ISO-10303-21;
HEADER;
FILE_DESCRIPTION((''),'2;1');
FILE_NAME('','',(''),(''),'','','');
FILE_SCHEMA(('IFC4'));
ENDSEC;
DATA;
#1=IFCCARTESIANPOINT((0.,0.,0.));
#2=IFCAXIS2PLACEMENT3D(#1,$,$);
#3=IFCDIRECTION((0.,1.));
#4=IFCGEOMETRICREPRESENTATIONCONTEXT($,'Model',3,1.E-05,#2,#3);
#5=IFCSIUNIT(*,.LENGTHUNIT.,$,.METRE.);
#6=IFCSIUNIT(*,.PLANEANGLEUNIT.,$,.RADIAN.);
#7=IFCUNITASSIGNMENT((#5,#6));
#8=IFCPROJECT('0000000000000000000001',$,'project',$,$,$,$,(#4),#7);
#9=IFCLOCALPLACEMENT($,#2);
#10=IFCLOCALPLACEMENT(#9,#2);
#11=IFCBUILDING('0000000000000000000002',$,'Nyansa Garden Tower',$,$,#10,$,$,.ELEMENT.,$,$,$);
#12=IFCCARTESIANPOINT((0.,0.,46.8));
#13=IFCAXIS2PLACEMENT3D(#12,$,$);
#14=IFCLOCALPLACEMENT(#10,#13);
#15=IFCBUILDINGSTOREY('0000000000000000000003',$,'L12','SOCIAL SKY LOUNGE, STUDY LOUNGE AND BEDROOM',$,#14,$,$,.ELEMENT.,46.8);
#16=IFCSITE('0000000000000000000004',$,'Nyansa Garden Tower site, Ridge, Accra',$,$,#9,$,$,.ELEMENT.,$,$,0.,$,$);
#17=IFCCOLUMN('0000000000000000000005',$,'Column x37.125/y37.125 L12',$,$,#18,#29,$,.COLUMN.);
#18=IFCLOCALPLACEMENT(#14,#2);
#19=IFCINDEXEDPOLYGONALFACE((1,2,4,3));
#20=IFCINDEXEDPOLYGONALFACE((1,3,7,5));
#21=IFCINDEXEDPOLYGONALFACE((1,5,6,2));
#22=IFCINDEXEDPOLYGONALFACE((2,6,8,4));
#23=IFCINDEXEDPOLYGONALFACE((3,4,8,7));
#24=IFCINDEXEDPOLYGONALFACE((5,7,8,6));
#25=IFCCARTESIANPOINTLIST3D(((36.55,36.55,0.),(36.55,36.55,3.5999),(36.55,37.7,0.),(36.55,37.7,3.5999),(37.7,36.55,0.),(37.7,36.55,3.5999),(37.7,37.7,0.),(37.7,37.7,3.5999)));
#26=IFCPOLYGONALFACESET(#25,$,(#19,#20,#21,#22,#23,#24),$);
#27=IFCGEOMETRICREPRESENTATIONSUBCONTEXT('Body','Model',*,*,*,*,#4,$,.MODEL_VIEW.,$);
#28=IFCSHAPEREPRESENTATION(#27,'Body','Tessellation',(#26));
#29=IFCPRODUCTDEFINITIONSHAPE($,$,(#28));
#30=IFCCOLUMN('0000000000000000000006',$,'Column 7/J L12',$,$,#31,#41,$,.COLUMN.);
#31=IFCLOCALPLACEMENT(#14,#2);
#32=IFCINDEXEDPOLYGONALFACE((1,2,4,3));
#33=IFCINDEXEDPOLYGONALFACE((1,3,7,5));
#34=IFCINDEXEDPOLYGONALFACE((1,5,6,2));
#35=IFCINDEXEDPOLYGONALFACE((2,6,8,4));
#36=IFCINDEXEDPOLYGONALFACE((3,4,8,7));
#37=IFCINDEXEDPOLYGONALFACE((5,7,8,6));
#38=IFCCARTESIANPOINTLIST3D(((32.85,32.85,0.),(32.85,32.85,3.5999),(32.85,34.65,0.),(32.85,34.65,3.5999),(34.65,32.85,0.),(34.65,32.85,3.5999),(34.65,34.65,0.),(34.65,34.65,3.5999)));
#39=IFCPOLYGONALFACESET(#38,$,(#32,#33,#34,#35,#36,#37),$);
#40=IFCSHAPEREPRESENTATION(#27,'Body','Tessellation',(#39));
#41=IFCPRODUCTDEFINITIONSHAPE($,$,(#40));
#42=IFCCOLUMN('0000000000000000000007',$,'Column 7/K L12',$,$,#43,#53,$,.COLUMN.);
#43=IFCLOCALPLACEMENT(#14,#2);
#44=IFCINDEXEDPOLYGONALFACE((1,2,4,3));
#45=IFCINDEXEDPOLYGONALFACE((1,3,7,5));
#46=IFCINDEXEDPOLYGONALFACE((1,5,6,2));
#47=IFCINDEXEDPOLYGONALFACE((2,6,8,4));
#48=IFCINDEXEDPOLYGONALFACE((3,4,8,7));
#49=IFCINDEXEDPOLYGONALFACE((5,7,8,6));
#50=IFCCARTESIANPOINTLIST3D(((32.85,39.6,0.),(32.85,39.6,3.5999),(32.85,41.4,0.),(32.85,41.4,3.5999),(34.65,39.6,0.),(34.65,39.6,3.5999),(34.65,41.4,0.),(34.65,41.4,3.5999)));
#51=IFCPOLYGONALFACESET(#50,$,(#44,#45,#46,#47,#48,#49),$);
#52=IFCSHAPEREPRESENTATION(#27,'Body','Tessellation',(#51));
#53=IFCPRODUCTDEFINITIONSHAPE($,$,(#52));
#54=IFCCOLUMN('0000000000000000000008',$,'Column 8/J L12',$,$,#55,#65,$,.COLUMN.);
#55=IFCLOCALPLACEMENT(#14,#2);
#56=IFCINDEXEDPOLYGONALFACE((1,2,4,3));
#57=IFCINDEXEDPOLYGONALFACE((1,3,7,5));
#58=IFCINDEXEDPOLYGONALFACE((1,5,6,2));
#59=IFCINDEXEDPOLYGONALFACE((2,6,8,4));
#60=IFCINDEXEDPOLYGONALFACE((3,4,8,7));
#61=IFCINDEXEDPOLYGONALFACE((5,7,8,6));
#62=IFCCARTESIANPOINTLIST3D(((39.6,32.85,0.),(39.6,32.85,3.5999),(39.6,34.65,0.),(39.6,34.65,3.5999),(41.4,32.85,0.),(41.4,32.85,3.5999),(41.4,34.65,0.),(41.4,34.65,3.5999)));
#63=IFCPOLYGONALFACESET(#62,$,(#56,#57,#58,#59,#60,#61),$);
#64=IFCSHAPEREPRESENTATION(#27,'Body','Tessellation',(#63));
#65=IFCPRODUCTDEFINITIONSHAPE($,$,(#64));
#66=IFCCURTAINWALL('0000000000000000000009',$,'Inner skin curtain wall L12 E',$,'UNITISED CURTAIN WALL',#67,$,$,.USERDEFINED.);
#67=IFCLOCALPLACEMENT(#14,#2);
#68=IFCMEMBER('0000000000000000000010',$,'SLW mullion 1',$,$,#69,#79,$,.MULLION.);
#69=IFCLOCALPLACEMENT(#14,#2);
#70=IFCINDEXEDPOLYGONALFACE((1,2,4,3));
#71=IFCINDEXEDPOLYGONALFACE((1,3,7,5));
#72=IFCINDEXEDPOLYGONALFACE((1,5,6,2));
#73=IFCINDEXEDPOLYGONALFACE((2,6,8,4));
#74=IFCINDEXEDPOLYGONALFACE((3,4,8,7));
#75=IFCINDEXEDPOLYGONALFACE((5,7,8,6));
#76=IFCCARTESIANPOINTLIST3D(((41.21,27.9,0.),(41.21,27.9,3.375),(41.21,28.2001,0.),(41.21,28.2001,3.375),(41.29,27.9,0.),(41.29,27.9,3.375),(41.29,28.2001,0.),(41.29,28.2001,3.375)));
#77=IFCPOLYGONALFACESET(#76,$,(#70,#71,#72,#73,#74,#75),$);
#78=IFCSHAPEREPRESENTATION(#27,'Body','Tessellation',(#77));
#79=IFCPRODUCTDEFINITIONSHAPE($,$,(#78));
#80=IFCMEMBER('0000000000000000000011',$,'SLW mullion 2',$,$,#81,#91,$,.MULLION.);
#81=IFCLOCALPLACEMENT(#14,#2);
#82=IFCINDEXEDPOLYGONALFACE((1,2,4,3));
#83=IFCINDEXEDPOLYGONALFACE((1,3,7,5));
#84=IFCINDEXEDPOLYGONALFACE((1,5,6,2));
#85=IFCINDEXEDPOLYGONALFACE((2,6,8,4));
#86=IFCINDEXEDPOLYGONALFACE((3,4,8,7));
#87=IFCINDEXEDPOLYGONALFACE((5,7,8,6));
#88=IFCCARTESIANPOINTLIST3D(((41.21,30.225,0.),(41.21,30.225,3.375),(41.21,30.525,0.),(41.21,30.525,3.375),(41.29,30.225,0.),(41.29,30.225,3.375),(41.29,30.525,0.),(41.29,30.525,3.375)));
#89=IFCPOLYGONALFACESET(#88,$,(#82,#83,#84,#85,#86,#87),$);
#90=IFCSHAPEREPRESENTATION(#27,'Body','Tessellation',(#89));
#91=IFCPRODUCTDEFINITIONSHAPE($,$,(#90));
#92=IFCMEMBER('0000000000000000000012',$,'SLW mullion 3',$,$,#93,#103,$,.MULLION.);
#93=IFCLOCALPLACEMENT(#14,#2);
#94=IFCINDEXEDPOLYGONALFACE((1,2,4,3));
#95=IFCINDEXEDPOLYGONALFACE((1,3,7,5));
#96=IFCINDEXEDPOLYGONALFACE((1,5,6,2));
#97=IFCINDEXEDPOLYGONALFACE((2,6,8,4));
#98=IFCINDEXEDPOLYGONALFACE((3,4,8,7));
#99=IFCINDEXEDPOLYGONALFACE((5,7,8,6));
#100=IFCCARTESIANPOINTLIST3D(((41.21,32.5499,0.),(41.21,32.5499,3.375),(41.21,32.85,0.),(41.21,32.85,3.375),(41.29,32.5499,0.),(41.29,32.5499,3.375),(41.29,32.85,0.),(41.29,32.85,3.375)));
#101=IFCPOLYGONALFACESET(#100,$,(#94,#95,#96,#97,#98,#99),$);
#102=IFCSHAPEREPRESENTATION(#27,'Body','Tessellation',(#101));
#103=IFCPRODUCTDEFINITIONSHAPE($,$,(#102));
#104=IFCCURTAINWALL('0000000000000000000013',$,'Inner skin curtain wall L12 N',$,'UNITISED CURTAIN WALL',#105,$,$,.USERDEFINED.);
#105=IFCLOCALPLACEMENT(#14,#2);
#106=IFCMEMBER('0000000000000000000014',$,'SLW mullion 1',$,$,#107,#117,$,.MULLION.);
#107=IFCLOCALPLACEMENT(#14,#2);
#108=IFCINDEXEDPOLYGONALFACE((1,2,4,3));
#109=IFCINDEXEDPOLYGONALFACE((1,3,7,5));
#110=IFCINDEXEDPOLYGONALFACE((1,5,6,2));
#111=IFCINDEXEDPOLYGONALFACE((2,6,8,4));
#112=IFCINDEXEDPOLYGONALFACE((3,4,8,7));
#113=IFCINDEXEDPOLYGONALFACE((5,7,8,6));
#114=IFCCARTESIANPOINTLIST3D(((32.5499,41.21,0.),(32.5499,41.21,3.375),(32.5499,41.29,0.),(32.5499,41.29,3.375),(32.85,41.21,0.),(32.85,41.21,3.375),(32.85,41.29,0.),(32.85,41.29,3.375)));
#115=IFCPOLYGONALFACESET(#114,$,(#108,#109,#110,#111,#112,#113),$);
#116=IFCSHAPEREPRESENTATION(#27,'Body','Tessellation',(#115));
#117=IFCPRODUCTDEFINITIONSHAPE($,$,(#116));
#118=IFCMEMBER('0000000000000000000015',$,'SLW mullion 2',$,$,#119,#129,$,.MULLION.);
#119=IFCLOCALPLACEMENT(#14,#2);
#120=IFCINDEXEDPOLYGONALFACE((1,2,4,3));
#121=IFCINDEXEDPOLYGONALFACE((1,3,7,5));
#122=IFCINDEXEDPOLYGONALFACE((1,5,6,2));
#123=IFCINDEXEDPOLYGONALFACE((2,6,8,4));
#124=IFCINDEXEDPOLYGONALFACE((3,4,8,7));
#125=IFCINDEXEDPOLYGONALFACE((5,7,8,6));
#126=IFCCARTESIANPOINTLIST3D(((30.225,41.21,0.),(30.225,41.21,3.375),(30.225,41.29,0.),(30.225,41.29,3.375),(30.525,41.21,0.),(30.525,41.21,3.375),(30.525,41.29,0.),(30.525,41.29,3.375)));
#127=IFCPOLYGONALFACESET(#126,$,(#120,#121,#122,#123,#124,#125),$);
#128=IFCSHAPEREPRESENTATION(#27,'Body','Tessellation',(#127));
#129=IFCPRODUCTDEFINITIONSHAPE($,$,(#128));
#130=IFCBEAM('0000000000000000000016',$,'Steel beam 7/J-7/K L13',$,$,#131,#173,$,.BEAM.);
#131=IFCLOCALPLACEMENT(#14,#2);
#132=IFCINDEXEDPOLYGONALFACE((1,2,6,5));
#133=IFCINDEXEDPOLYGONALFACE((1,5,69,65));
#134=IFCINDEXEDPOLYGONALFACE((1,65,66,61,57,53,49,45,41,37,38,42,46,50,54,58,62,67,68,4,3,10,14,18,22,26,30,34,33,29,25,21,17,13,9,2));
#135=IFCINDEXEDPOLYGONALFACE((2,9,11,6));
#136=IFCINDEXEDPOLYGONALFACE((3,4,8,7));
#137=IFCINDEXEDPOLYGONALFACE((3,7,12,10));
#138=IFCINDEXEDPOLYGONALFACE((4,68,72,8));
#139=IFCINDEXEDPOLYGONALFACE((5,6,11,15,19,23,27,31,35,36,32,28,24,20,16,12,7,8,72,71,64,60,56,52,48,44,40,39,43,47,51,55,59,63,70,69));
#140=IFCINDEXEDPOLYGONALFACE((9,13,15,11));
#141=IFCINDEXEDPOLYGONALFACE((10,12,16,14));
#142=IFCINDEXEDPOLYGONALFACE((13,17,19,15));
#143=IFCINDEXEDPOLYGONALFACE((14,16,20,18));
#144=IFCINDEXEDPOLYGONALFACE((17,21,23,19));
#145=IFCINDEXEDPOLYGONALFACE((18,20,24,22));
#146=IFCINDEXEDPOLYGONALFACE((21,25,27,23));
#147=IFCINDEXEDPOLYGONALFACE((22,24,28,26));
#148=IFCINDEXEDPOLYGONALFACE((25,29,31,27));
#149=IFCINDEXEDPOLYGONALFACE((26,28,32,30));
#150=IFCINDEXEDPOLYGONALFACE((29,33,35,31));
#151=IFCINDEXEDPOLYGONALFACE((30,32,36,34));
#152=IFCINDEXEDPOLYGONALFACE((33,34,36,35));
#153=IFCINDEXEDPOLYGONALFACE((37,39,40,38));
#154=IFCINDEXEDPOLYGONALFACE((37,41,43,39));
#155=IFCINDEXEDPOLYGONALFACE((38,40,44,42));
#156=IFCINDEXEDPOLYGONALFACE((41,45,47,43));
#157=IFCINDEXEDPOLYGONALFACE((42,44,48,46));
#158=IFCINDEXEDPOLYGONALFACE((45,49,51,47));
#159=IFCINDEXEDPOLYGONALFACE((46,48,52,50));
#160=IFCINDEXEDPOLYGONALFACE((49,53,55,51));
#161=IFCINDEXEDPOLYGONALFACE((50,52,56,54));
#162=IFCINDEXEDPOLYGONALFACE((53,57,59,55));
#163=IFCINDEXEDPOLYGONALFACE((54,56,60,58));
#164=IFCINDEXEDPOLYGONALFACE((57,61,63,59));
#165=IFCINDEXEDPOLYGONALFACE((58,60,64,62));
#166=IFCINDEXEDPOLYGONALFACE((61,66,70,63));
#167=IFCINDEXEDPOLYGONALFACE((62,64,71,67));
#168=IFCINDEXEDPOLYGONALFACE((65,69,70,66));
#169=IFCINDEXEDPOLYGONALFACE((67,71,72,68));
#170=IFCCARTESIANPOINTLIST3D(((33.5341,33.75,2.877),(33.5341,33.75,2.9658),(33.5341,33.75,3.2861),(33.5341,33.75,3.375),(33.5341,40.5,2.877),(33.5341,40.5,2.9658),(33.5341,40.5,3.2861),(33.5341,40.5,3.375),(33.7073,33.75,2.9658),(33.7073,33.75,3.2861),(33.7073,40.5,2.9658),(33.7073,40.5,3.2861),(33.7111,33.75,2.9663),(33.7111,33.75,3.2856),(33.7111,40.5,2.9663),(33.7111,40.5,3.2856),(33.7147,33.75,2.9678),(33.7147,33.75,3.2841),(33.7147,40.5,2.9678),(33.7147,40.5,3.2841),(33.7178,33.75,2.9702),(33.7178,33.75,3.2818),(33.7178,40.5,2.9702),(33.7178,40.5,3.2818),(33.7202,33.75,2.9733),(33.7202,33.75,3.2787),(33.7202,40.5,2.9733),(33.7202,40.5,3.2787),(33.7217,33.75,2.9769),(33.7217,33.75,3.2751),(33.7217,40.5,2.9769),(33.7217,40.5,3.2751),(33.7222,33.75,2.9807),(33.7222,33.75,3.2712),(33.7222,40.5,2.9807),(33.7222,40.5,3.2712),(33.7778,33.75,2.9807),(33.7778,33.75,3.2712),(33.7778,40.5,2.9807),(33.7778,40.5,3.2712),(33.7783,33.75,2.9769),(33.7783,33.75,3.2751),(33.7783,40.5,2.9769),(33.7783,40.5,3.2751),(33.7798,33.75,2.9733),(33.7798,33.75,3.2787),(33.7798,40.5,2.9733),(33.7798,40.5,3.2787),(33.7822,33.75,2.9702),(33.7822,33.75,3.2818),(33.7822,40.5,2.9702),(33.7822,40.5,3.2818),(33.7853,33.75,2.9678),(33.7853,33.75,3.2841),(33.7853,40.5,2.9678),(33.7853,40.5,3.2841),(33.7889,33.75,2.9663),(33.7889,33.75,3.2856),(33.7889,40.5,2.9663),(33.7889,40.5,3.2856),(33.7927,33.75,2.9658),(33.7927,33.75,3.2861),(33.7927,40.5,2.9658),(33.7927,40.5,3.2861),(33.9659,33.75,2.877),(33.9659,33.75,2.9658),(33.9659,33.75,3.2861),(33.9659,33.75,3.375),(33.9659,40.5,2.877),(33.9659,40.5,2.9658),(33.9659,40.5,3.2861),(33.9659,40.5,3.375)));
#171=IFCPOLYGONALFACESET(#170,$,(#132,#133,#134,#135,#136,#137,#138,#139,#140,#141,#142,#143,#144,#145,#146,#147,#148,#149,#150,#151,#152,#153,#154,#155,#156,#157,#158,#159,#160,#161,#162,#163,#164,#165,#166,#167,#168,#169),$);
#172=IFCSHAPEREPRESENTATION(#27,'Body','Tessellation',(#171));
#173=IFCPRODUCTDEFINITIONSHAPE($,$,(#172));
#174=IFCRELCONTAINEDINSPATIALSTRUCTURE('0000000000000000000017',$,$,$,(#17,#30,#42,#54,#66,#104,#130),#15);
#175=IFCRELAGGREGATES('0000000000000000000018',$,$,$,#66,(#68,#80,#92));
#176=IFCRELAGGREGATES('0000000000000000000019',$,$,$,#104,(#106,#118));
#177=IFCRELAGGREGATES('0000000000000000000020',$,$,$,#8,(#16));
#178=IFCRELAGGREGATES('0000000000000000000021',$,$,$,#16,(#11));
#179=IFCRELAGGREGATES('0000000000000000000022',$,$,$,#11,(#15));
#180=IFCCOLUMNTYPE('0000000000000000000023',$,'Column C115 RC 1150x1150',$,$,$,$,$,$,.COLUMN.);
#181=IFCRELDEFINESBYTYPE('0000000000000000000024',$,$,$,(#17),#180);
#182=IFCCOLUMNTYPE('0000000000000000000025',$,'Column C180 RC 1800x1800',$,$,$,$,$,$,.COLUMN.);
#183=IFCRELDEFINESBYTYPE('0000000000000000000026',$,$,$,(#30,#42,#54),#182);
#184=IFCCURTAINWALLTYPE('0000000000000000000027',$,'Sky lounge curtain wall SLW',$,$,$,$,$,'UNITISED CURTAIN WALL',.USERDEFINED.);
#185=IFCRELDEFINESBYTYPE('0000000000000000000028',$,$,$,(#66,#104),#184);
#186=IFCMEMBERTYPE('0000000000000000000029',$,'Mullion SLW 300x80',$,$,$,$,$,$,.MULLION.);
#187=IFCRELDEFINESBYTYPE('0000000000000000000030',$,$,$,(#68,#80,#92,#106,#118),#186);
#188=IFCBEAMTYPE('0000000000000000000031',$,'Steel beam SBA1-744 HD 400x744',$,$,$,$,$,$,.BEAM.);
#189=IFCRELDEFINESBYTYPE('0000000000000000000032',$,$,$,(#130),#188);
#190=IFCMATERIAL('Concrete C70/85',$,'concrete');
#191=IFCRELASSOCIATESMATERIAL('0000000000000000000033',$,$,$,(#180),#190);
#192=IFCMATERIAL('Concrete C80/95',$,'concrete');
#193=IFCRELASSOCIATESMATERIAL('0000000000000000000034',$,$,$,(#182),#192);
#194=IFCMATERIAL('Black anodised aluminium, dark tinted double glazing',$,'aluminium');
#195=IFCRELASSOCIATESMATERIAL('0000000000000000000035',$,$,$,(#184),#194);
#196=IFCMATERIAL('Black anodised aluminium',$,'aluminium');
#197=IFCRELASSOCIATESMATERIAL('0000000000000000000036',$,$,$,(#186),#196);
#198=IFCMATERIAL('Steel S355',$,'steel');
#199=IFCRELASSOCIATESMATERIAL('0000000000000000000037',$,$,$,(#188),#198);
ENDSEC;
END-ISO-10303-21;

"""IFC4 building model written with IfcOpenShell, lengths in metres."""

from ifc_helpers import new_model, si_unit, direction, frame, origin, origin_2d, place, context, subcontext, project, spatial, rectangle, i_section, extrude, material, material_profile, profile_set, type_object, element, aggregate, save


model = new_model("IFC4")

# Units and contexts
model_context = context("Model", 3, precision=1e-05, world=origin(), true_north=direction((0.0, 1.0)))
body_context = subcontext(model_context, "Body", "Model", "MODEL_VIEW")
ifc_project = project(units=[si_unit("LENGTHUNIT", "METRE"), si_unit("PLANEANGLEUNIT", "RADIAN")], contexts=[model_context])

# Site, building, storey
site_placement = place(None, origin())
site = spatial("IfcSite", under=ifc_project, at=site_placement, Name="Nyansa Garden Tower site, Ridge, Accra", CompositionType="ELEMENT", RefElevation=0.0)
building_placement = place(site_placement, origin())
building = spatial("IfcBuilding", under=site, at=building_placement, Name="Nyansa Garden Tower", CompositionType="ELEMENT")
storey_placement = place(building_placement, frame((0.0, 0.0, 46.8)))
storey = spatial("IfcBuildingStorey", under=building, at=storey_placement, Name="L12", Description="SOCIAL SKY LOUNGE, STUDY LOUNGE AND BEDROOM", CompositionType="ELEMENT", Elevation=46.8)

# Columns
ifc_material_1 = material(Name="Concrete C70/85", Category="concrete")
ifc_material_profile_1 = material_profile(ifc_material_1, rectangle(XDim=1.1499, YDim=1.1499, at=origin_2d()), Name="RC 1150x1150")
ifc_profile_set_1 = profile_set([ifc_material_profile_1], Name="Concrete C70/85")
column_type_1 = type_object("IfcColumnType", Name="Column C115 RC 1150x1150", PredefinedType="COLUMN", material=ifc_profile_set_1)
column_placement = place(storey_placement, frame((37.125, 37.125, 0.0), z_axis=(0.0, 0.0, 1.0), x_axis=(1.0, 0.0, 0.0)))
element("IfcColumn", 1, at=column_placement, inside=storey, type_object=column_type_1, Name="Column x37.125/y37.125 L12", PredefinedType="COLUMN", context=body_context, shape_type="SweptSolid", body=[
    extrude(rectangle(XDim=1.1499, YDim=1.1499, at=origin_2d()), origin(), (0.0, 0.0, 1.0), 3.5999),
])
ifc_material_2 = material(Name="Concrete C80/95", Category="concrete")
ifc_material_profile_2 = material_profile(ifc_material_2, rectangle(XDim=1.8, YDim=1.8, at=origin_2d()), Name="RC 1800x1800")
ifc_profile_set_2 = profile_set([ifc_material_profile_2], Name="Concrete C80/95")
column_type_2 = type_object("IfcColumnType", Name="Column C180 RC 1800x1800", PredefinedType="COLUMN", material=ifc_profile_set_2)
for number, where, z_axis, x_axis, name in (
    (2, (33.75, 33.75, 0.0), (0.0, 0.0, 1.0), (1.0, 0.0, 0.0), "Column 7/J L12"),
    (3, (33.75, 40.5, 0.0), (0.0, 0.0, 1.0), (1.0, 0.0, 0.0), "Column 7/K L12"),
    (4, (40.5, 33.75, 0.0), (0.0, 0.0, 1.0), (1.0, 0.0, 0.0), "Column 8/J L12"),
):
    element("IfcColumn", number, at=place(storey_placement, frame(where, z_axis=z_axis, x_axis=x_axis)), inside=storey, type_object=column_type_2, Name=name, PredefinedType="COLUMN", context=body_context, shape_type="SweptSolid", body=[
        extrude(rectangle(XDim=1.8, YDim=1.8, at=origin_2d()), origin(), (0.0, 0.0, 1.0), 3.5999),
    ])

# Curtain walls, members
ifc_material_3 = material(Name="Black anodised aluminium, dark tinted double glazing", Category="aluminium")
curtain_wall_type = type_object("IfcCurtainWallType", Name="Sky lounge curtain wall SLW", ElementType="UNITISED CURTAIN WALL", PredefinedType="USERDEFINED", material=ifc_material_3)
curtain_wall_1_placement = place(storey_placement, origin())
curtain_wall_1 = element("IfcCurtainWall", 5, at=curtain_wall_1_placement, inside=storey, type_object=curtain_wall_type, Name="Inner skin curtain wall L12 E", ObjectType="UNITISED CURTAIN WALL", PredefinedType="USERDEFINED")
ifc_material_4 = material(Name="Black anodised aluminium", Category="aluminium")
ifc_material_profile_3 = material_profile(ifc_material_4, rectangle(XDim=0.0801, YDim=0.3, at=origin_2d()), Name="Mullion 300x80")
ifc_profile_set_3 = profile_set([ifc_material_profile_3], Name="Black anodised aluminium")
member_type_1 = type_object("IfcMemberType", Name="Mullion SLW 300x80", PredefinedType="MULLION", material=ifc_profile_set_3)
member_1_placement = place(storey_placement, frame((41.25, 28.05, 0.0), z_axis=(0.0, 0.0, 1.0), x_axis=(-1.0, 0.0, 0.0)))
member_1 = element("IfcMember", 6, at=member_1_placement, type_object=member_type_1, Name="SLW mullion 1", PredefinedType="MULLION", context=body_context, shape_type="SweptSolid", body=[
    extrude(rectangle(XDim=0.0801, YDim=0.3, at=origin_2d()), origin(), (0.0, 0.0, 1.0), 3.375),
])
member_2_placement = place(storey_placement, frame((41.25, 30.375, 0.0), z_axis=(0.0, 0.0, 1.0), x_axis=(-1.0, 0.0, 0.0)))
member_2 = element("IfcMember", 7, at=member_2_placement, type_object=member_type_1, Name="SLW mullion 2", PredefinedType="MULLION", context=body_context, shape_type="SweptSolid", body=[
    extrude(rectangle(XDim=0.0801, YDim=0.3, at=origin_2d()), origin(), (0.0, 0.0, 1.0), 3.375),
])
member_3_placement = place(storey_placement, frame((41.25, 32.7, 0.0), z_axis=(0.0, 0.0, 1.0), x_axis=(-1.0, 0.0, 0.0)))
member_3 = element("IfcMember", 8, at=member_3_placement, type_object=member_type_1, Name="SLW mullion 3", PredefinedType="MULLION", context=body_context, shape_type="SweptSolid", body=[
    extrude(rectangle(XDim=0.0801, YDim=0.3, at=origin_2d()), origin(), (0.0, 0.0, 1.0), 3.375),
])
curtain_wall_2_placement = place(storey_placement, origin())
curtain_wall_2 = element("IfcCurtainWall", 9, at=curtain_wall_2_placement, inside=storey, type_object=curtain_wall_type, Name="Inner skin curtain wall L12 N", ObjectType="UNITISED CURTAIN WALL", PredefinedType="USERDEFINED")
member_4_placement = place(storey_placement, frame((32.7, 41.25, 0.0), z_axis=(0.0, 0.0, 1.0), x_axis=(0.0, -1.0, 0.0)))
member_4 = element("IfcMember", 10, at=member_4_placement, type_object=member_type_1, Name="SLW mullion 1", PredefinedType="MULLION", context=body_context, shape_type="SweptSolid", body=[
    extrude(rectangle(XDim=0.0801, YDim=0.3, at=origin_2d()), origin(), (0.0, 0.0, 1.0), 3.375),
])
member_5_placement = place(storey_placement, frame((30.375, 41.25, 0.0), z_axis=(0.0, 0.0, 1.0), x_axis=(0.0, -1.0, 0.0)))
member_5 = element("IfcMember", 11, at=member_5_placement, type_object=member_type_1, Name="SLW mullion 2", PredefinedType="MULLION", context=body_context, shape_type="SweptSolid", body=[
    extrude(rectangle(XDim=0.0801, YDim=0.3, at=origin_2d()), origin(), (0.0, 0.0, 1.0), 3.375),
])

# Beam
ifc_material_5 = material(Name="Steel S355", Category="steel")
ifc_material_profile_4 = material_profile(ifc_material_5, i_section(OverallWidth=0.4319, OverallDepth=0.498, WebThickness=0.0557, FlangeThickness=0.0889, FilletRadius=0.0149, at=origin_2d()), Name="HD 400x744")
ifc_profile_set_4 = profile_set([ifc_material_profile_4], Name="Steel S355")
beam_type_1 = type_object("IfcBeamType", Name="Steel beam SBA1-744 HD 400x744", PredefinedType="BEAM", material=ifc_profile_set_4)
for number, where, z_axis, x_axis, name in (
    (12, (33.75, 33.75, 3.126), (0.0, 1.0, 0.0), (-1.0, 0.0, 0.0), "Steel beam 7/J-7/K L13"),
):
    element("IfcBeam", number, at=place(storey_placement, frame(where, z_axis=z_axis, x_axis=x_axis)), inside=storey, type_object=beam_type_1, Name=name, PredefinedType="BEAM", context=body_context, shape_type="SweptSolid", body=[
        extrude(i_section(OverallWidth=0.4319, OverallDepth=0.498, WebThickness=0.0557, FlangeThickness=0.0889, FilletRadius=0.0149, at=origin_2d()), origin(), (0.0, 0.0, 1.0), 6.75),
    ])

aggregate(curtain_wall_1, [member_1, member_2, member_3])
aggregate(curtain_wall_2, [member_4, member_5])

save(model, "model.ifc")
